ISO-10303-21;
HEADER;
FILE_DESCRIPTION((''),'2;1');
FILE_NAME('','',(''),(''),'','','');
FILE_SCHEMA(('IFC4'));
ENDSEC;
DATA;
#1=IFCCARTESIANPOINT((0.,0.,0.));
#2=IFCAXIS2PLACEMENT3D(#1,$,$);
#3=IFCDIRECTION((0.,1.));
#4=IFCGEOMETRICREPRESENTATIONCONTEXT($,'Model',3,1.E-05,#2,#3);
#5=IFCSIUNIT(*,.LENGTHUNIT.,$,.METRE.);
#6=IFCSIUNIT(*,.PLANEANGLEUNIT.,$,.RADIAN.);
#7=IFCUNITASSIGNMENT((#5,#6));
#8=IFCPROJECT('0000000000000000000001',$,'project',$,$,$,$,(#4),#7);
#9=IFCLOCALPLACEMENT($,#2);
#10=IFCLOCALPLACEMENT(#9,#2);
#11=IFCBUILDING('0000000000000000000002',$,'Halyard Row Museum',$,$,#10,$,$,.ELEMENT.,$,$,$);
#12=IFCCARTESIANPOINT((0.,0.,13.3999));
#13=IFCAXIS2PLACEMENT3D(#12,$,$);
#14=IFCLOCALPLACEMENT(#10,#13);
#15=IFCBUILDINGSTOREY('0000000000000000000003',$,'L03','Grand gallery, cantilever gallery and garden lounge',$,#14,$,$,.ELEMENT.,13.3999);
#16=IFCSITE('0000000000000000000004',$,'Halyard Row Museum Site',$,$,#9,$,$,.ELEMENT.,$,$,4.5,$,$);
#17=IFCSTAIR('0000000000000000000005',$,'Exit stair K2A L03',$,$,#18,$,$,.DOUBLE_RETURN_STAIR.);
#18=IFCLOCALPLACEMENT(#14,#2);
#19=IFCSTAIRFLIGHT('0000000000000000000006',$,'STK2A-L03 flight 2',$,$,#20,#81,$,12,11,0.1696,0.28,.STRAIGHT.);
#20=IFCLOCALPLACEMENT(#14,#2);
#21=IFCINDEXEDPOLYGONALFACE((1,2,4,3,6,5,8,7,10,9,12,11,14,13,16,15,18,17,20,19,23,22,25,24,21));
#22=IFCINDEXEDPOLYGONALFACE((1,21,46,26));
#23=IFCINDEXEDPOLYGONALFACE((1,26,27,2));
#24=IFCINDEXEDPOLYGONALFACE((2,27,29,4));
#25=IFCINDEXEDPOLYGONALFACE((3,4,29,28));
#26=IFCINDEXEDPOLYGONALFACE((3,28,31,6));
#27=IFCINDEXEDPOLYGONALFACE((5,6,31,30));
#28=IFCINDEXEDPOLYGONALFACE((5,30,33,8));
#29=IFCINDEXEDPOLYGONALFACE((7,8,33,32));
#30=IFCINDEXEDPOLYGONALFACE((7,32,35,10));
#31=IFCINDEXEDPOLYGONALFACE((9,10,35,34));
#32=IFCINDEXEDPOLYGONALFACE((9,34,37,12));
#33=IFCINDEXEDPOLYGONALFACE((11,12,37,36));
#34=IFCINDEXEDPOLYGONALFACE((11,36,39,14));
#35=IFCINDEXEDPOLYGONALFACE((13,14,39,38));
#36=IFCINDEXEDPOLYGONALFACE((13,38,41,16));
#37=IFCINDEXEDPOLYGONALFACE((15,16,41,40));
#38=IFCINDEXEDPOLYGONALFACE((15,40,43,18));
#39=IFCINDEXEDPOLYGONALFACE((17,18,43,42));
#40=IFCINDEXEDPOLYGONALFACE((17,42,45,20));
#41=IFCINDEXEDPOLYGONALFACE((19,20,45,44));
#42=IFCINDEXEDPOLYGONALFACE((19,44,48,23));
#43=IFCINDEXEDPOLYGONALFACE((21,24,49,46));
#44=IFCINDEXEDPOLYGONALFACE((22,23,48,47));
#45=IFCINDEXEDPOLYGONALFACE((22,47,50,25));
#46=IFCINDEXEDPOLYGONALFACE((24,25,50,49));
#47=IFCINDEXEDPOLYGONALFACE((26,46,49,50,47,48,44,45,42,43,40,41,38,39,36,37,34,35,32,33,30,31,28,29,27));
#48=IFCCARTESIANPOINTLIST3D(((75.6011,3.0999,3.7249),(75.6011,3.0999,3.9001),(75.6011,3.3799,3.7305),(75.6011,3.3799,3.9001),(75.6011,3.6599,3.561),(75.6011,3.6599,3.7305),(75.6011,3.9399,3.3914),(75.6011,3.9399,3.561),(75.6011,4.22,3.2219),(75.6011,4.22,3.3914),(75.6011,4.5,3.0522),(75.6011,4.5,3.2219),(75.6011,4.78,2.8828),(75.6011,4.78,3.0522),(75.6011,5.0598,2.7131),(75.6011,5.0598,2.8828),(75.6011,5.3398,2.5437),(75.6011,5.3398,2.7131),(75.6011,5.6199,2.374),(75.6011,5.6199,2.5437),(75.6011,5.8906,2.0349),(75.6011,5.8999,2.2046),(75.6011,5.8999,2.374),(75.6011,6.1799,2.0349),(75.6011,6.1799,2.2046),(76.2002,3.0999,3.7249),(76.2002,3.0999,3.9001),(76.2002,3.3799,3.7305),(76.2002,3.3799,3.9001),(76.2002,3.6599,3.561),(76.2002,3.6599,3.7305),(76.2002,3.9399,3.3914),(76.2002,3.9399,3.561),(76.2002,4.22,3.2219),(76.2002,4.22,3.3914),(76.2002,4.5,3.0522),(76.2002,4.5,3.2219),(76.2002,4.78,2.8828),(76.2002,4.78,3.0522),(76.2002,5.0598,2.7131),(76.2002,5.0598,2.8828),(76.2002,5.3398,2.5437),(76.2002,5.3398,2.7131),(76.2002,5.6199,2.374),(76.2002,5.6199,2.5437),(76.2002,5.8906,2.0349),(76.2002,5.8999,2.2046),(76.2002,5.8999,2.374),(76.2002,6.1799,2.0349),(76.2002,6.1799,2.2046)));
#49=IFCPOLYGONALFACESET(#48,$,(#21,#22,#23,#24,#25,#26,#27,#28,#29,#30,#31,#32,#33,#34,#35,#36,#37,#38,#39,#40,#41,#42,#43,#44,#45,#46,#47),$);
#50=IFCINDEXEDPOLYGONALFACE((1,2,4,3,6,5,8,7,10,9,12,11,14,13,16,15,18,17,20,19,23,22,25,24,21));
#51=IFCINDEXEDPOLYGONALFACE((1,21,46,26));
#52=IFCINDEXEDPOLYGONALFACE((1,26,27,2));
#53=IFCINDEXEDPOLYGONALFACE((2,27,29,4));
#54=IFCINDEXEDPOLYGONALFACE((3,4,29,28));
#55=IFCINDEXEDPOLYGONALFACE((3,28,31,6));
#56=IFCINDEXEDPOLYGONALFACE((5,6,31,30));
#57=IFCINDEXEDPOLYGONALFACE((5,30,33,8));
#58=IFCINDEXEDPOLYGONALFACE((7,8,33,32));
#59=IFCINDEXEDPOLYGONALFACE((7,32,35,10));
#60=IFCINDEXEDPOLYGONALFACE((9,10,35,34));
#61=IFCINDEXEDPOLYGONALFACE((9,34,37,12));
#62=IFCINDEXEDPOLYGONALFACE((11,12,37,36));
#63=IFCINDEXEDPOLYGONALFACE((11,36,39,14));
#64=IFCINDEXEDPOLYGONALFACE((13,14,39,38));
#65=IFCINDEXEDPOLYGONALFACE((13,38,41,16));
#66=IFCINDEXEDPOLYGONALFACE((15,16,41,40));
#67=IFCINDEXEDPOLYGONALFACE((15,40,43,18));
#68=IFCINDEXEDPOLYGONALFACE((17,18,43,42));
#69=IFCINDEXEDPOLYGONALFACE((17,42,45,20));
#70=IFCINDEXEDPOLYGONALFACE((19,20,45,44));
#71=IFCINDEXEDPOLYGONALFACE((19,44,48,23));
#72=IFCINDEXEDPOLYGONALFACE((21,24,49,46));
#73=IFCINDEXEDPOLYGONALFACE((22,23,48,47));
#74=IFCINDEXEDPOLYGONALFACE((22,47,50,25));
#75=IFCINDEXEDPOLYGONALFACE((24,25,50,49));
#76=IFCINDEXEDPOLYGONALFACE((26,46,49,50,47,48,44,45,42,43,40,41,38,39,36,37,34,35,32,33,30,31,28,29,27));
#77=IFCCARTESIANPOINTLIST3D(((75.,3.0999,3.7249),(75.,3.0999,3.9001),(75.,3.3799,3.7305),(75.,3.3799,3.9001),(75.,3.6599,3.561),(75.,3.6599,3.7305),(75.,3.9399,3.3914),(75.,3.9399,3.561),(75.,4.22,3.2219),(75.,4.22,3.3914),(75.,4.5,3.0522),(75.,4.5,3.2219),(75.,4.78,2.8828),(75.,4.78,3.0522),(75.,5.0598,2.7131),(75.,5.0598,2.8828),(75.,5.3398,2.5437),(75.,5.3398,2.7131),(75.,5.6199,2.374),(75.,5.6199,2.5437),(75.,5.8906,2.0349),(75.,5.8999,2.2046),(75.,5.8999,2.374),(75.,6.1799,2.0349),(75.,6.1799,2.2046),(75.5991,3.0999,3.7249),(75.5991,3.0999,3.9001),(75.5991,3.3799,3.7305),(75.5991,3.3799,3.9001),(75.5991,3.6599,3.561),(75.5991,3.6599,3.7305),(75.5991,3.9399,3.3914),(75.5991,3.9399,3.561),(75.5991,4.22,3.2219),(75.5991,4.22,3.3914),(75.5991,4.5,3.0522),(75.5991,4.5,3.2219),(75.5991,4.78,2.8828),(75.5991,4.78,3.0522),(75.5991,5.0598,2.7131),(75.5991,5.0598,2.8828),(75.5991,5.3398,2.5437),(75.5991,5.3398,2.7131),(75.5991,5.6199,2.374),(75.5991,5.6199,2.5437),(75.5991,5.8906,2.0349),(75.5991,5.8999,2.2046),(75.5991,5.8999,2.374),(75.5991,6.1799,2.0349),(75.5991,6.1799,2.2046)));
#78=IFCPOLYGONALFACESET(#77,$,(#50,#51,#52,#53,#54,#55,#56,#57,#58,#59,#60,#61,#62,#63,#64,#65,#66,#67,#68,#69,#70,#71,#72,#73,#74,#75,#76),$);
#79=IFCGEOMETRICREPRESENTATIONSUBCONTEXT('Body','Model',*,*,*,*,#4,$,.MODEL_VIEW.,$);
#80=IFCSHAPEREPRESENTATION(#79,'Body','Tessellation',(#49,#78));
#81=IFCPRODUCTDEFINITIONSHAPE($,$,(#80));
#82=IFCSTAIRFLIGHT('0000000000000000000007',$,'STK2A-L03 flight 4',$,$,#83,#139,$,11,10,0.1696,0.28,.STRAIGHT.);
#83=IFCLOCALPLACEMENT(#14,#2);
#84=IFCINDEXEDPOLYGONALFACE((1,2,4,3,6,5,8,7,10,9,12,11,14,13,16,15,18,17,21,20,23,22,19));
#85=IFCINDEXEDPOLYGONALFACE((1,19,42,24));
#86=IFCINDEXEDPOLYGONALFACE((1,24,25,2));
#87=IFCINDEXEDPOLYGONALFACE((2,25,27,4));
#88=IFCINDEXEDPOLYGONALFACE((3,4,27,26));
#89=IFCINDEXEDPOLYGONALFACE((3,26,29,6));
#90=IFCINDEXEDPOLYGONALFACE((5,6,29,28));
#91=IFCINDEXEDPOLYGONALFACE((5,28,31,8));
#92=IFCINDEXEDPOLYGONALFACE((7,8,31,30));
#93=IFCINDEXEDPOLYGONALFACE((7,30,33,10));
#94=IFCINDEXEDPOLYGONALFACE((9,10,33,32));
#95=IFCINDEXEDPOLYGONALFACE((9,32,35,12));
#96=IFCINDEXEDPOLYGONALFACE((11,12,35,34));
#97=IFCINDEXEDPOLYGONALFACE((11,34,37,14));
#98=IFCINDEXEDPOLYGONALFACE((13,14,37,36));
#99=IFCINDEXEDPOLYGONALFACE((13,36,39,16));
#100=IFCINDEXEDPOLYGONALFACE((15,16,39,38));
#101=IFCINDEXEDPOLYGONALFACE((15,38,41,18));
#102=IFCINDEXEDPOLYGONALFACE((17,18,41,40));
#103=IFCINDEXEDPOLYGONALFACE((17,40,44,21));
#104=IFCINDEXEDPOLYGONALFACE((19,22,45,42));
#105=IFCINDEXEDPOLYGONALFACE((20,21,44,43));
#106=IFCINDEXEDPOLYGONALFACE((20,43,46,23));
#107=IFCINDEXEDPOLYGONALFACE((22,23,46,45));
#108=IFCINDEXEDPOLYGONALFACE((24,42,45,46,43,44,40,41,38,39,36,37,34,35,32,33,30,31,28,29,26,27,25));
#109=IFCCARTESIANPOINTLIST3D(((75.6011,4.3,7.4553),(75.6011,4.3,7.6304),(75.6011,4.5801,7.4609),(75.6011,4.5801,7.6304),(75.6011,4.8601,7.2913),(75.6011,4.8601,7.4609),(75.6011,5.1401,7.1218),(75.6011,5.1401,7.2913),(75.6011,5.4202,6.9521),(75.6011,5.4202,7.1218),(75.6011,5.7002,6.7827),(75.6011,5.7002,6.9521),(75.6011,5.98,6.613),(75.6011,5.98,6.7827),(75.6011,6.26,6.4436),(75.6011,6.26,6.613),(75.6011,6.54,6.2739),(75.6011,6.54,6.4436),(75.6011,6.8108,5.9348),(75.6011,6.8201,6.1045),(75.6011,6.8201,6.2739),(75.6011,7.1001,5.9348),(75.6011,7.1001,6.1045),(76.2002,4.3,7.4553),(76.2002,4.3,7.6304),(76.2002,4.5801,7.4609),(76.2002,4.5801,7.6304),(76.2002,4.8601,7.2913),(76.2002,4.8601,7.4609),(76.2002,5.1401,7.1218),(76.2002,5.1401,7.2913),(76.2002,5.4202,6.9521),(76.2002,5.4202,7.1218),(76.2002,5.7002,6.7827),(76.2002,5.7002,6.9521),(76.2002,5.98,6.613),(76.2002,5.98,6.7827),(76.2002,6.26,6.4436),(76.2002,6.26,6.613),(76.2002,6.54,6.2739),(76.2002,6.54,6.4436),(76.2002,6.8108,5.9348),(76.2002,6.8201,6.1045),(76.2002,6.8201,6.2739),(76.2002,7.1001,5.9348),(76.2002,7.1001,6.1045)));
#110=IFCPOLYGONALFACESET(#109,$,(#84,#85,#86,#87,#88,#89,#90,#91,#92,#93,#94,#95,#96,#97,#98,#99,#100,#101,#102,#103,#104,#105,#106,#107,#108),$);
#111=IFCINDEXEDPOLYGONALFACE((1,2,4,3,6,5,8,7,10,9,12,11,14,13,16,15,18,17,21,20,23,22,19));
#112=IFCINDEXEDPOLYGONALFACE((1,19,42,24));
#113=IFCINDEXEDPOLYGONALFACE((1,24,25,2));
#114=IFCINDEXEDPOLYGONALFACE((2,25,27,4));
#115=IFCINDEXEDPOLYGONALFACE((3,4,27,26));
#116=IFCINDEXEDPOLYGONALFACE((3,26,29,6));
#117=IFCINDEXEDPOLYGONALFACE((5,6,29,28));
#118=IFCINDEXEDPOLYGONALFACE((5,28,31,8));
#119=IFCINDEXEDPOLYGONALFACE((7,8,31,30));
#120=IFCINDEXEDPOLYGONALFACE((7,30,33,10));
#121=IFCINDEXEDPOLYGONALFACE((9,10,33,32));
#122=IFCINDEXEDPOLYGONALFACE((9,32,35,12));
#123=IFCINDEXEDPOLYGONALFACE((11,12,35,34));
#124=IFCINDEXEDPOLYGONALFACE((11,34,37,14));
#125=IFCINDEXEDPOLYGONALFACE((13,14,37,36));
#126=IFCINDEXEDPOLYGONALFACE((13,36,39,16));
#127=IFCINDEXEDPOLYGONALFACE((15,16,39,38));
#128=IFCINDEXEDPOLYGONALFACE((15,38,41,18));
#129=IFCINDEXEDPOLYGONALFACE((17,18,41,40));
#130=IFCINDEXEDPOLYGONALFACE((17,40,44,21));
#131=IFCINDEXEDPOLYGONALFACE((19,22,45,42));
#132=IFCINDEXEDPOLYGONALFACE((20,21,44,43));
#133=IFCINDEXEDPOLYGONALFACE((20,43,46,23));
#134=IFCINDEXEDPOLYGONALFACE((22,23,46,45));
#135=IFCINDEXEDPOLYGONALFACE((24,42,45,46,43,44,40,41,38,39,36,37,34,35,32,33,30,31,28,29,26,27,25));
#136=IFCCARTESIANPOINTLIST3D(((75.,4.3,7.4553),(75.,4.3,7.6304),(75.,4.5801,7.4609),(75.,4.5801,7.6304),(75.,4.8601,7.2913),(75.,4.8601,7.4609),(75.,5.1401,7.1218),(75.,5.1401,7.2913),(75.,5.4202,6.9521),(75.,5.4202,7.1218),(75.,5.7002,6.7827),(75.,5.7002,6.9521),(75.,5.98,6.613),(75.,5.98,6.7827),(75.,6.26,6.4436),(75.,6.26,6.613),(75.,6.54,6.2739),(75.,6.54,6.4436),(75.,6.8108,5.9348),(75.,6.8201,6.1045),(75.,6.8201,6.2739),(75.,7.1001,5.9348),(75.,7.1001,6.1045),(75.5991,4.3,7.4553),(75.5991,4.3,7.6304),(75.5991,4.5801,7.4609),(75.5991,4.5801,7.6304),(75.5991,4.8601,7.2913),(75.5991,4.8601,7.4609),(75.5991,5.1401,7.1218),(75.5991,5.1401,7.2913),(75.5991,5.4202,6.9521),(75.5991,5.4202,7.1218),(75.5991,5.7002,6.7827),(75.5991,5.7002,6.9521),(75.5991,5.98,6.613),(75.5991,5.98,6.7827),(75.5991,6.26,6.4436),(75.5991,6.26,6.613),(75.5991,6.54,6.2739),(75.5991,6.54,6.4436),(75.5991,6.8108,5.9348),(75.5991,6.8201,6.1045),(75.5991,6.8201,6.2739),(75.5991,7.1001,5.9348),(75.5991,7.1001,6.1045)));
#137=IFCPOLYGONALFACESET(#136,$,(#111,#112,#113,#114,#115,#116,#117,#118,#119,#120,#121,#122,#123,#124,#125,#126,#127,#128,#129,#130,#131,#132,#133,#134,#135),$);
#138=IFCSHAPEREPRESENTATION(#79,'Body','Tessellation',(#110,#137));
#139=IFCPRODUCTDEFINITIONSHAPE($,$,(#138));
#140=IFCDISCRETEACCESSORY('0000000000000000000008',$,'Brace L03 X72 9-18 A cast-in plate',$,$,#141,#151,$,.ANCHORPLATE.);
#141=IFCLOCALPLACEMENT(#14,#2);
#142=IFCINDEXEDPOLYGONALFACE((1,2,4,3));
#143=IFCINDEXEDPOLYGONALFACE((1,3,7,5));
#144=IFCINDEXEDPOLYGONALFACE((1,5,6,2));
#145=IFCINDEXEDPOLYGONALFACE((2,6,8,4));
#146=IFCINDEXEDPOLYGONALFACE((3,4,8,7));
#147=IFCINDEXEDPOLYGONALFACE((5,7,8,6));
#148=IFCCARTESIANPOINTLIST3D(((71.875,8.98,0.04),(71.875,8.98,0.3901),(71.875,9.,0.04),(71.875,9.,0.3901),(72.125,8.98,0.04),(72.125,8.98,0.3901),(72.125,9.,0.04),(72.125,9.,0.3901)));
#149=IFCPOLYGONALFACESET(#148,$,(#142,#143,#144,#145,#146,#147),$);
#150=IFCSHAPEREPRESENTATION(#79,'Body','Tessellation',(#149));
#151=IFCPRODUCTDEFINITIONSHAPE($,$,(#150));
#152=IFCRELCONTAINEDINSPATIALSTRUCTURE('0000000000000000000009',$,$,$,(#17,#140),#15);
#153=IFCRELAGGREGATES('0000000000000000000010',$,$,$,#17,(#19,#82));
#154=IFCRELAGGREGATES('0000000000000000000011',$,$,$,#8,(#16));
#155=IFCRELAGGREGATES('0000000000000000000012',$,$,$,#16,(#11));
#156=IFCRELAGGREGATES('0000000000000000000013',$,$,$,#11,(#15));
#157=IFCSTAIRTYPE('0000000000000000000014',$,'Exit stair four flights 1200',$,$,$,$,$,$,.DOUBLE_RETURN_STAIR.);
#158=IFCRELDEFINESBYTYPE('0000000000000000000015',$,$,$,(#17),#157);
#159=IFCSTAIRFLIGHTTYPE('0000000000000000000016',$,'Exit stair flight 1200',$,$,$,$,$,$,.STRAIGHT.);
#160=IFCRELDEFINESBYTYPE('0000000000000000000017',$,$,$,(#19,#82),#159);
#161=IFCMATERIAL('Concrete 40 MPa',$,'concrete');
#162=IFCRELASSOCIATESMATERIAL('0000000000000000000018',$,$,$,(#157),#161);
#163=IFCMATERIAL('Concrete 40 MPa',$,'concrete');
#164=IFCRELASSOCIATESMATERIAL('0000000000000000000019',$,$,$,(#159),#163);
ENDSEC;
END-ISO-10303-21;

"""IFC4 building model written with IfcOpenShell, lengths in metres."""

from ifc_helpers import new_model, si_unit, direction, frame, origin, origin_2d, place, context, subcontext, project, spatial, polyline, rectangle, outline, extrude, material, type_object, element, aggregate, save


model = new_model("IFC4")

# Units and contexts
model_context = context("Model", 3, precision=1e-05, world=origin(), true_north=direction((0.0, 1.0)))
body_context = subcontext(model_context, "Body", "Model", "MODEL_VIEW")
ifc_project = project(units=[si_unit("LENGTHUNIT", "METRE"), si_unit("PLANEANGLEUNIT", "RADIAN")], contexts=[model_context])

# Site, building, storey
site_placement = place(None, origin())
site = spatial("IfcSite", under=ifc_project, at=site_placement, Name="Halyard Row Museum Site", CompositionType="ELEMENT", RefElevation=4.5)
building_placement = place(site_placement, origin())
building = spatial("IfcBuilding", under=site, at=building_placement, Name="Halyard Row Museum", CompositionType="ELEMENT")
storey_placement = place(building_placement, frame((0.0, 0.0, 13.3999)))
storey = spatial("IfcBuildingStorey", under=building, at=storey_placement, Name="L03", Description="Grand gallery, cantilever gallery and garden lounge", CompositionType="ELEMENT", Elevation=13.3999)

# Stair, stair flights
ifc_material_1 = material(Name="Concrete 40 MPa", Category="concrete")
stair_type = type_object("IfcStairType", Name="Exit stair four flights 1200", PredefinedType="DOUBLE_RETURN_STAIR", material=ifc_material_1)
stair_placement = place(storey_placement, origin())
stair = element("IfcStair", 1, at=stair_placement, inside=storey, type_object=stair_type, Name="Exit stair K2A L03", PredefinedType="DOUBLE_RETURN_STAIR")
ifc_material_2 = material(Name="Concrete 40 MPa", Category="concrete")
stair_flight_type = type_object("IfcStairFlightType", Name="Exit stair flight 1200", PredefinedType="STRAIGHT", material=ifc_material_2)
stair_flight_1_placement = place(storey_placement, frame((75.6001, 6.1799, 2.0349), z_axis=(0.0, 0.0, 1.0), x_axis=(0.0, -1.0, 0.0)))
stair_flight_1 = element("IfcStairFlight", 2, at=stair_flight_1_placement, type_object=stair_flight_type, Name="STK2A-L03 flight 2", NumberOfRisers=12, NumberOfTreads=11, PredefinedType="STRAIGHT", RiserHeight=0.1696, TreadLength=0.28, context=body_context, shape_type="SweptSolid", body=[
    extrude(outline(polyline([(0.0, 0.0), (0.0, 0.1697), (0.28, 0.1697), (0.28, 0.3391), (0.5601, 0.3391), (0.5601, 0.5088), (0.8401, 0.5088), (0.8401, 0.6782), (1.1201, 0.6782), (1.1201, 0.8479), (1.3999, 0.8479), (1.3999, 1.0173), (1.6799, 1.0173), (1.6799, 1.187), (1.96, 1.187), (1.96, 1.3564), (2.24, 1.3564), (2.24, 1.5261), (2.52, 1.5261), (2.52, 1.6956), (2.8, 1.6956), (2.8, 1.8652), (3.0801, 1.8652), (3.0801, 2.0347), (3.0801, 1.6899), (0.2893, 0.0), (0.0, 0.0)])), frame((0.0, 0.6001, 0.0), z_axis=(0.0, -1.0, 0.0), x_axis=(1.0, 0.0, 0.0)), (0.0, 0.0, 1.0), 0.5991),
    extrude(outline(polyline([(0.0, 0.0), (0.0, 0.1697), (0.28, 0.1697), (0.28, 0.3391), (0.5601, 0.3391), (0.5601, 0.5088), (0.8401, 0.5088), (0.8401, 0.6782), (1.1201, 0.6782), (1.1201, 0.8479), (1.3999, 0.8479), (1.3999, 1.0173), (1.6799, 1.0173), (1.6799, 1.187), (1.96, 1.187), (1.96, 1.3564), (2.24, 1.3564), (2.24, 1.5261), (2.52, 1.5261), (2.52, 1.6956), (2.8, 1.6956), (2.8, 1.8652), (3.0801, 1.8652), (3.0801, 2.0347), (3.0801, 1.6899), (0.2893, 0.0), (0.0, 0.0)])), frame((0.0, -0.001, 0.0), z_axis=(0.0, -1.0, 0.0), x_axis=(1.0, 0.0, 0.0)), (0.0, 0.0, 1.0), 0.5991),
])
stair_flight_2_placement = place(storey_placement, frame((75.6001, 7.1001, 5.9348), z_axis=(0.0, 0.0, 1.0), x_axis=(0.0, -1.0, 0.0)))
stair_flight_2 = element("IfcStairFlight", 3, at=stair_flight_2_placement, type_object=stair_flight_type, Name="STK2A-L03 flight 4", NumberOfRisers=11, NumberOfTreads=10, PredefinedType="STRAIGHT", RiserHeight=0.1696, TreadLength=0.28, context=body_context, shape_type="SweptSolid", body=[
    extrude(outline(polyline([(0.0, 0.0), (0.0, 0.1697), (0.28, 0.1697), (0.28, 0.3391), (0.5601, 0.3391), (0.5601, 0.5088), (0.8401, 0.5088), (0.8401, 0.6782), (1.1201, 0.6782), (1.1201, 0.8479), (1.3999, 0.8479), (1.3999, 1.0173), (1.6799, 1.0173), (1.6799, 1.187), (1.96, 1.187), (1.96, 1.3564), (2.24, 1.3564), (2.24, 1.5261), (2.52, 1.5261), (2.52, 1.6956), (2.8, 1.6956), (2.8, 1.8652), (2.8, 1.5205), (0.2893, 0.0), (0.0, 0.0)])), frame((0.0, 0.6001, 0.0), z_axis=(0.0, -1.0, 0.0), x_axis=(1.0, 0.0, 0.0)), (0.0, 0.0, 1.0), 0.5991),
    extrude(outline(polyline([(0.0, 0.0), (0.0, 0.1697), (0.28, 0.1697), (0.28, 0.3391), (0.5601, 0.3391), (0.5601, 0.5088), (0.8401, 0.5088), (0.8401, 0.6782), (1.1201, 0.6782), (1.1201, 0.8479), (1.3999, 0.8479), (1.3999, 1.0173), (1.6799, 1.0173), (1.6799, 1.187), (1.96, 1.187), (1.96, 1.3564), (2.24, 1.3564), (2.24, 1.5261), (2.52, 1.5261), (2.52, 1.6956), (2.8, 1.6956), (2.8, 1.8652), (2.8, 1.5205), (0.2893, 0.0), (0.0, 0.0)])), frame((0.0, -0.001, 0.0), z_axis=(0.0, -1.0, 0.0), x_axis=(1.0, 0.0, 0.0)), (0.0, 0.0, 1.0), 0.5991),
])
aggregate(stair, [stair_flight_1, stair_flight_2])

# Discrete accessory
discrete_accessory_placement = place(storey_placement, frame((72.0, 9.0, 0.2151), z_axis=(0.0, -1.0, 0.0), x_axis=(1.0, 0.0, 0.0)))
element("IfcDiscreteAccessory", 4, at=discrete_accessory_placement, inside=storey, Name="Brace L03 X72 9-18 A cast-in plate", PredefinedType="ANCHORPLATE", context=body_context, shape_type="SweptSolid", body=[
    extrude(rectangle(XDim=0.25, YDim=0.3501, at=origin_2d()), origin(), (0.0, 0.0, 1.0), 0.02),
])

save(model, "model.ifc")
